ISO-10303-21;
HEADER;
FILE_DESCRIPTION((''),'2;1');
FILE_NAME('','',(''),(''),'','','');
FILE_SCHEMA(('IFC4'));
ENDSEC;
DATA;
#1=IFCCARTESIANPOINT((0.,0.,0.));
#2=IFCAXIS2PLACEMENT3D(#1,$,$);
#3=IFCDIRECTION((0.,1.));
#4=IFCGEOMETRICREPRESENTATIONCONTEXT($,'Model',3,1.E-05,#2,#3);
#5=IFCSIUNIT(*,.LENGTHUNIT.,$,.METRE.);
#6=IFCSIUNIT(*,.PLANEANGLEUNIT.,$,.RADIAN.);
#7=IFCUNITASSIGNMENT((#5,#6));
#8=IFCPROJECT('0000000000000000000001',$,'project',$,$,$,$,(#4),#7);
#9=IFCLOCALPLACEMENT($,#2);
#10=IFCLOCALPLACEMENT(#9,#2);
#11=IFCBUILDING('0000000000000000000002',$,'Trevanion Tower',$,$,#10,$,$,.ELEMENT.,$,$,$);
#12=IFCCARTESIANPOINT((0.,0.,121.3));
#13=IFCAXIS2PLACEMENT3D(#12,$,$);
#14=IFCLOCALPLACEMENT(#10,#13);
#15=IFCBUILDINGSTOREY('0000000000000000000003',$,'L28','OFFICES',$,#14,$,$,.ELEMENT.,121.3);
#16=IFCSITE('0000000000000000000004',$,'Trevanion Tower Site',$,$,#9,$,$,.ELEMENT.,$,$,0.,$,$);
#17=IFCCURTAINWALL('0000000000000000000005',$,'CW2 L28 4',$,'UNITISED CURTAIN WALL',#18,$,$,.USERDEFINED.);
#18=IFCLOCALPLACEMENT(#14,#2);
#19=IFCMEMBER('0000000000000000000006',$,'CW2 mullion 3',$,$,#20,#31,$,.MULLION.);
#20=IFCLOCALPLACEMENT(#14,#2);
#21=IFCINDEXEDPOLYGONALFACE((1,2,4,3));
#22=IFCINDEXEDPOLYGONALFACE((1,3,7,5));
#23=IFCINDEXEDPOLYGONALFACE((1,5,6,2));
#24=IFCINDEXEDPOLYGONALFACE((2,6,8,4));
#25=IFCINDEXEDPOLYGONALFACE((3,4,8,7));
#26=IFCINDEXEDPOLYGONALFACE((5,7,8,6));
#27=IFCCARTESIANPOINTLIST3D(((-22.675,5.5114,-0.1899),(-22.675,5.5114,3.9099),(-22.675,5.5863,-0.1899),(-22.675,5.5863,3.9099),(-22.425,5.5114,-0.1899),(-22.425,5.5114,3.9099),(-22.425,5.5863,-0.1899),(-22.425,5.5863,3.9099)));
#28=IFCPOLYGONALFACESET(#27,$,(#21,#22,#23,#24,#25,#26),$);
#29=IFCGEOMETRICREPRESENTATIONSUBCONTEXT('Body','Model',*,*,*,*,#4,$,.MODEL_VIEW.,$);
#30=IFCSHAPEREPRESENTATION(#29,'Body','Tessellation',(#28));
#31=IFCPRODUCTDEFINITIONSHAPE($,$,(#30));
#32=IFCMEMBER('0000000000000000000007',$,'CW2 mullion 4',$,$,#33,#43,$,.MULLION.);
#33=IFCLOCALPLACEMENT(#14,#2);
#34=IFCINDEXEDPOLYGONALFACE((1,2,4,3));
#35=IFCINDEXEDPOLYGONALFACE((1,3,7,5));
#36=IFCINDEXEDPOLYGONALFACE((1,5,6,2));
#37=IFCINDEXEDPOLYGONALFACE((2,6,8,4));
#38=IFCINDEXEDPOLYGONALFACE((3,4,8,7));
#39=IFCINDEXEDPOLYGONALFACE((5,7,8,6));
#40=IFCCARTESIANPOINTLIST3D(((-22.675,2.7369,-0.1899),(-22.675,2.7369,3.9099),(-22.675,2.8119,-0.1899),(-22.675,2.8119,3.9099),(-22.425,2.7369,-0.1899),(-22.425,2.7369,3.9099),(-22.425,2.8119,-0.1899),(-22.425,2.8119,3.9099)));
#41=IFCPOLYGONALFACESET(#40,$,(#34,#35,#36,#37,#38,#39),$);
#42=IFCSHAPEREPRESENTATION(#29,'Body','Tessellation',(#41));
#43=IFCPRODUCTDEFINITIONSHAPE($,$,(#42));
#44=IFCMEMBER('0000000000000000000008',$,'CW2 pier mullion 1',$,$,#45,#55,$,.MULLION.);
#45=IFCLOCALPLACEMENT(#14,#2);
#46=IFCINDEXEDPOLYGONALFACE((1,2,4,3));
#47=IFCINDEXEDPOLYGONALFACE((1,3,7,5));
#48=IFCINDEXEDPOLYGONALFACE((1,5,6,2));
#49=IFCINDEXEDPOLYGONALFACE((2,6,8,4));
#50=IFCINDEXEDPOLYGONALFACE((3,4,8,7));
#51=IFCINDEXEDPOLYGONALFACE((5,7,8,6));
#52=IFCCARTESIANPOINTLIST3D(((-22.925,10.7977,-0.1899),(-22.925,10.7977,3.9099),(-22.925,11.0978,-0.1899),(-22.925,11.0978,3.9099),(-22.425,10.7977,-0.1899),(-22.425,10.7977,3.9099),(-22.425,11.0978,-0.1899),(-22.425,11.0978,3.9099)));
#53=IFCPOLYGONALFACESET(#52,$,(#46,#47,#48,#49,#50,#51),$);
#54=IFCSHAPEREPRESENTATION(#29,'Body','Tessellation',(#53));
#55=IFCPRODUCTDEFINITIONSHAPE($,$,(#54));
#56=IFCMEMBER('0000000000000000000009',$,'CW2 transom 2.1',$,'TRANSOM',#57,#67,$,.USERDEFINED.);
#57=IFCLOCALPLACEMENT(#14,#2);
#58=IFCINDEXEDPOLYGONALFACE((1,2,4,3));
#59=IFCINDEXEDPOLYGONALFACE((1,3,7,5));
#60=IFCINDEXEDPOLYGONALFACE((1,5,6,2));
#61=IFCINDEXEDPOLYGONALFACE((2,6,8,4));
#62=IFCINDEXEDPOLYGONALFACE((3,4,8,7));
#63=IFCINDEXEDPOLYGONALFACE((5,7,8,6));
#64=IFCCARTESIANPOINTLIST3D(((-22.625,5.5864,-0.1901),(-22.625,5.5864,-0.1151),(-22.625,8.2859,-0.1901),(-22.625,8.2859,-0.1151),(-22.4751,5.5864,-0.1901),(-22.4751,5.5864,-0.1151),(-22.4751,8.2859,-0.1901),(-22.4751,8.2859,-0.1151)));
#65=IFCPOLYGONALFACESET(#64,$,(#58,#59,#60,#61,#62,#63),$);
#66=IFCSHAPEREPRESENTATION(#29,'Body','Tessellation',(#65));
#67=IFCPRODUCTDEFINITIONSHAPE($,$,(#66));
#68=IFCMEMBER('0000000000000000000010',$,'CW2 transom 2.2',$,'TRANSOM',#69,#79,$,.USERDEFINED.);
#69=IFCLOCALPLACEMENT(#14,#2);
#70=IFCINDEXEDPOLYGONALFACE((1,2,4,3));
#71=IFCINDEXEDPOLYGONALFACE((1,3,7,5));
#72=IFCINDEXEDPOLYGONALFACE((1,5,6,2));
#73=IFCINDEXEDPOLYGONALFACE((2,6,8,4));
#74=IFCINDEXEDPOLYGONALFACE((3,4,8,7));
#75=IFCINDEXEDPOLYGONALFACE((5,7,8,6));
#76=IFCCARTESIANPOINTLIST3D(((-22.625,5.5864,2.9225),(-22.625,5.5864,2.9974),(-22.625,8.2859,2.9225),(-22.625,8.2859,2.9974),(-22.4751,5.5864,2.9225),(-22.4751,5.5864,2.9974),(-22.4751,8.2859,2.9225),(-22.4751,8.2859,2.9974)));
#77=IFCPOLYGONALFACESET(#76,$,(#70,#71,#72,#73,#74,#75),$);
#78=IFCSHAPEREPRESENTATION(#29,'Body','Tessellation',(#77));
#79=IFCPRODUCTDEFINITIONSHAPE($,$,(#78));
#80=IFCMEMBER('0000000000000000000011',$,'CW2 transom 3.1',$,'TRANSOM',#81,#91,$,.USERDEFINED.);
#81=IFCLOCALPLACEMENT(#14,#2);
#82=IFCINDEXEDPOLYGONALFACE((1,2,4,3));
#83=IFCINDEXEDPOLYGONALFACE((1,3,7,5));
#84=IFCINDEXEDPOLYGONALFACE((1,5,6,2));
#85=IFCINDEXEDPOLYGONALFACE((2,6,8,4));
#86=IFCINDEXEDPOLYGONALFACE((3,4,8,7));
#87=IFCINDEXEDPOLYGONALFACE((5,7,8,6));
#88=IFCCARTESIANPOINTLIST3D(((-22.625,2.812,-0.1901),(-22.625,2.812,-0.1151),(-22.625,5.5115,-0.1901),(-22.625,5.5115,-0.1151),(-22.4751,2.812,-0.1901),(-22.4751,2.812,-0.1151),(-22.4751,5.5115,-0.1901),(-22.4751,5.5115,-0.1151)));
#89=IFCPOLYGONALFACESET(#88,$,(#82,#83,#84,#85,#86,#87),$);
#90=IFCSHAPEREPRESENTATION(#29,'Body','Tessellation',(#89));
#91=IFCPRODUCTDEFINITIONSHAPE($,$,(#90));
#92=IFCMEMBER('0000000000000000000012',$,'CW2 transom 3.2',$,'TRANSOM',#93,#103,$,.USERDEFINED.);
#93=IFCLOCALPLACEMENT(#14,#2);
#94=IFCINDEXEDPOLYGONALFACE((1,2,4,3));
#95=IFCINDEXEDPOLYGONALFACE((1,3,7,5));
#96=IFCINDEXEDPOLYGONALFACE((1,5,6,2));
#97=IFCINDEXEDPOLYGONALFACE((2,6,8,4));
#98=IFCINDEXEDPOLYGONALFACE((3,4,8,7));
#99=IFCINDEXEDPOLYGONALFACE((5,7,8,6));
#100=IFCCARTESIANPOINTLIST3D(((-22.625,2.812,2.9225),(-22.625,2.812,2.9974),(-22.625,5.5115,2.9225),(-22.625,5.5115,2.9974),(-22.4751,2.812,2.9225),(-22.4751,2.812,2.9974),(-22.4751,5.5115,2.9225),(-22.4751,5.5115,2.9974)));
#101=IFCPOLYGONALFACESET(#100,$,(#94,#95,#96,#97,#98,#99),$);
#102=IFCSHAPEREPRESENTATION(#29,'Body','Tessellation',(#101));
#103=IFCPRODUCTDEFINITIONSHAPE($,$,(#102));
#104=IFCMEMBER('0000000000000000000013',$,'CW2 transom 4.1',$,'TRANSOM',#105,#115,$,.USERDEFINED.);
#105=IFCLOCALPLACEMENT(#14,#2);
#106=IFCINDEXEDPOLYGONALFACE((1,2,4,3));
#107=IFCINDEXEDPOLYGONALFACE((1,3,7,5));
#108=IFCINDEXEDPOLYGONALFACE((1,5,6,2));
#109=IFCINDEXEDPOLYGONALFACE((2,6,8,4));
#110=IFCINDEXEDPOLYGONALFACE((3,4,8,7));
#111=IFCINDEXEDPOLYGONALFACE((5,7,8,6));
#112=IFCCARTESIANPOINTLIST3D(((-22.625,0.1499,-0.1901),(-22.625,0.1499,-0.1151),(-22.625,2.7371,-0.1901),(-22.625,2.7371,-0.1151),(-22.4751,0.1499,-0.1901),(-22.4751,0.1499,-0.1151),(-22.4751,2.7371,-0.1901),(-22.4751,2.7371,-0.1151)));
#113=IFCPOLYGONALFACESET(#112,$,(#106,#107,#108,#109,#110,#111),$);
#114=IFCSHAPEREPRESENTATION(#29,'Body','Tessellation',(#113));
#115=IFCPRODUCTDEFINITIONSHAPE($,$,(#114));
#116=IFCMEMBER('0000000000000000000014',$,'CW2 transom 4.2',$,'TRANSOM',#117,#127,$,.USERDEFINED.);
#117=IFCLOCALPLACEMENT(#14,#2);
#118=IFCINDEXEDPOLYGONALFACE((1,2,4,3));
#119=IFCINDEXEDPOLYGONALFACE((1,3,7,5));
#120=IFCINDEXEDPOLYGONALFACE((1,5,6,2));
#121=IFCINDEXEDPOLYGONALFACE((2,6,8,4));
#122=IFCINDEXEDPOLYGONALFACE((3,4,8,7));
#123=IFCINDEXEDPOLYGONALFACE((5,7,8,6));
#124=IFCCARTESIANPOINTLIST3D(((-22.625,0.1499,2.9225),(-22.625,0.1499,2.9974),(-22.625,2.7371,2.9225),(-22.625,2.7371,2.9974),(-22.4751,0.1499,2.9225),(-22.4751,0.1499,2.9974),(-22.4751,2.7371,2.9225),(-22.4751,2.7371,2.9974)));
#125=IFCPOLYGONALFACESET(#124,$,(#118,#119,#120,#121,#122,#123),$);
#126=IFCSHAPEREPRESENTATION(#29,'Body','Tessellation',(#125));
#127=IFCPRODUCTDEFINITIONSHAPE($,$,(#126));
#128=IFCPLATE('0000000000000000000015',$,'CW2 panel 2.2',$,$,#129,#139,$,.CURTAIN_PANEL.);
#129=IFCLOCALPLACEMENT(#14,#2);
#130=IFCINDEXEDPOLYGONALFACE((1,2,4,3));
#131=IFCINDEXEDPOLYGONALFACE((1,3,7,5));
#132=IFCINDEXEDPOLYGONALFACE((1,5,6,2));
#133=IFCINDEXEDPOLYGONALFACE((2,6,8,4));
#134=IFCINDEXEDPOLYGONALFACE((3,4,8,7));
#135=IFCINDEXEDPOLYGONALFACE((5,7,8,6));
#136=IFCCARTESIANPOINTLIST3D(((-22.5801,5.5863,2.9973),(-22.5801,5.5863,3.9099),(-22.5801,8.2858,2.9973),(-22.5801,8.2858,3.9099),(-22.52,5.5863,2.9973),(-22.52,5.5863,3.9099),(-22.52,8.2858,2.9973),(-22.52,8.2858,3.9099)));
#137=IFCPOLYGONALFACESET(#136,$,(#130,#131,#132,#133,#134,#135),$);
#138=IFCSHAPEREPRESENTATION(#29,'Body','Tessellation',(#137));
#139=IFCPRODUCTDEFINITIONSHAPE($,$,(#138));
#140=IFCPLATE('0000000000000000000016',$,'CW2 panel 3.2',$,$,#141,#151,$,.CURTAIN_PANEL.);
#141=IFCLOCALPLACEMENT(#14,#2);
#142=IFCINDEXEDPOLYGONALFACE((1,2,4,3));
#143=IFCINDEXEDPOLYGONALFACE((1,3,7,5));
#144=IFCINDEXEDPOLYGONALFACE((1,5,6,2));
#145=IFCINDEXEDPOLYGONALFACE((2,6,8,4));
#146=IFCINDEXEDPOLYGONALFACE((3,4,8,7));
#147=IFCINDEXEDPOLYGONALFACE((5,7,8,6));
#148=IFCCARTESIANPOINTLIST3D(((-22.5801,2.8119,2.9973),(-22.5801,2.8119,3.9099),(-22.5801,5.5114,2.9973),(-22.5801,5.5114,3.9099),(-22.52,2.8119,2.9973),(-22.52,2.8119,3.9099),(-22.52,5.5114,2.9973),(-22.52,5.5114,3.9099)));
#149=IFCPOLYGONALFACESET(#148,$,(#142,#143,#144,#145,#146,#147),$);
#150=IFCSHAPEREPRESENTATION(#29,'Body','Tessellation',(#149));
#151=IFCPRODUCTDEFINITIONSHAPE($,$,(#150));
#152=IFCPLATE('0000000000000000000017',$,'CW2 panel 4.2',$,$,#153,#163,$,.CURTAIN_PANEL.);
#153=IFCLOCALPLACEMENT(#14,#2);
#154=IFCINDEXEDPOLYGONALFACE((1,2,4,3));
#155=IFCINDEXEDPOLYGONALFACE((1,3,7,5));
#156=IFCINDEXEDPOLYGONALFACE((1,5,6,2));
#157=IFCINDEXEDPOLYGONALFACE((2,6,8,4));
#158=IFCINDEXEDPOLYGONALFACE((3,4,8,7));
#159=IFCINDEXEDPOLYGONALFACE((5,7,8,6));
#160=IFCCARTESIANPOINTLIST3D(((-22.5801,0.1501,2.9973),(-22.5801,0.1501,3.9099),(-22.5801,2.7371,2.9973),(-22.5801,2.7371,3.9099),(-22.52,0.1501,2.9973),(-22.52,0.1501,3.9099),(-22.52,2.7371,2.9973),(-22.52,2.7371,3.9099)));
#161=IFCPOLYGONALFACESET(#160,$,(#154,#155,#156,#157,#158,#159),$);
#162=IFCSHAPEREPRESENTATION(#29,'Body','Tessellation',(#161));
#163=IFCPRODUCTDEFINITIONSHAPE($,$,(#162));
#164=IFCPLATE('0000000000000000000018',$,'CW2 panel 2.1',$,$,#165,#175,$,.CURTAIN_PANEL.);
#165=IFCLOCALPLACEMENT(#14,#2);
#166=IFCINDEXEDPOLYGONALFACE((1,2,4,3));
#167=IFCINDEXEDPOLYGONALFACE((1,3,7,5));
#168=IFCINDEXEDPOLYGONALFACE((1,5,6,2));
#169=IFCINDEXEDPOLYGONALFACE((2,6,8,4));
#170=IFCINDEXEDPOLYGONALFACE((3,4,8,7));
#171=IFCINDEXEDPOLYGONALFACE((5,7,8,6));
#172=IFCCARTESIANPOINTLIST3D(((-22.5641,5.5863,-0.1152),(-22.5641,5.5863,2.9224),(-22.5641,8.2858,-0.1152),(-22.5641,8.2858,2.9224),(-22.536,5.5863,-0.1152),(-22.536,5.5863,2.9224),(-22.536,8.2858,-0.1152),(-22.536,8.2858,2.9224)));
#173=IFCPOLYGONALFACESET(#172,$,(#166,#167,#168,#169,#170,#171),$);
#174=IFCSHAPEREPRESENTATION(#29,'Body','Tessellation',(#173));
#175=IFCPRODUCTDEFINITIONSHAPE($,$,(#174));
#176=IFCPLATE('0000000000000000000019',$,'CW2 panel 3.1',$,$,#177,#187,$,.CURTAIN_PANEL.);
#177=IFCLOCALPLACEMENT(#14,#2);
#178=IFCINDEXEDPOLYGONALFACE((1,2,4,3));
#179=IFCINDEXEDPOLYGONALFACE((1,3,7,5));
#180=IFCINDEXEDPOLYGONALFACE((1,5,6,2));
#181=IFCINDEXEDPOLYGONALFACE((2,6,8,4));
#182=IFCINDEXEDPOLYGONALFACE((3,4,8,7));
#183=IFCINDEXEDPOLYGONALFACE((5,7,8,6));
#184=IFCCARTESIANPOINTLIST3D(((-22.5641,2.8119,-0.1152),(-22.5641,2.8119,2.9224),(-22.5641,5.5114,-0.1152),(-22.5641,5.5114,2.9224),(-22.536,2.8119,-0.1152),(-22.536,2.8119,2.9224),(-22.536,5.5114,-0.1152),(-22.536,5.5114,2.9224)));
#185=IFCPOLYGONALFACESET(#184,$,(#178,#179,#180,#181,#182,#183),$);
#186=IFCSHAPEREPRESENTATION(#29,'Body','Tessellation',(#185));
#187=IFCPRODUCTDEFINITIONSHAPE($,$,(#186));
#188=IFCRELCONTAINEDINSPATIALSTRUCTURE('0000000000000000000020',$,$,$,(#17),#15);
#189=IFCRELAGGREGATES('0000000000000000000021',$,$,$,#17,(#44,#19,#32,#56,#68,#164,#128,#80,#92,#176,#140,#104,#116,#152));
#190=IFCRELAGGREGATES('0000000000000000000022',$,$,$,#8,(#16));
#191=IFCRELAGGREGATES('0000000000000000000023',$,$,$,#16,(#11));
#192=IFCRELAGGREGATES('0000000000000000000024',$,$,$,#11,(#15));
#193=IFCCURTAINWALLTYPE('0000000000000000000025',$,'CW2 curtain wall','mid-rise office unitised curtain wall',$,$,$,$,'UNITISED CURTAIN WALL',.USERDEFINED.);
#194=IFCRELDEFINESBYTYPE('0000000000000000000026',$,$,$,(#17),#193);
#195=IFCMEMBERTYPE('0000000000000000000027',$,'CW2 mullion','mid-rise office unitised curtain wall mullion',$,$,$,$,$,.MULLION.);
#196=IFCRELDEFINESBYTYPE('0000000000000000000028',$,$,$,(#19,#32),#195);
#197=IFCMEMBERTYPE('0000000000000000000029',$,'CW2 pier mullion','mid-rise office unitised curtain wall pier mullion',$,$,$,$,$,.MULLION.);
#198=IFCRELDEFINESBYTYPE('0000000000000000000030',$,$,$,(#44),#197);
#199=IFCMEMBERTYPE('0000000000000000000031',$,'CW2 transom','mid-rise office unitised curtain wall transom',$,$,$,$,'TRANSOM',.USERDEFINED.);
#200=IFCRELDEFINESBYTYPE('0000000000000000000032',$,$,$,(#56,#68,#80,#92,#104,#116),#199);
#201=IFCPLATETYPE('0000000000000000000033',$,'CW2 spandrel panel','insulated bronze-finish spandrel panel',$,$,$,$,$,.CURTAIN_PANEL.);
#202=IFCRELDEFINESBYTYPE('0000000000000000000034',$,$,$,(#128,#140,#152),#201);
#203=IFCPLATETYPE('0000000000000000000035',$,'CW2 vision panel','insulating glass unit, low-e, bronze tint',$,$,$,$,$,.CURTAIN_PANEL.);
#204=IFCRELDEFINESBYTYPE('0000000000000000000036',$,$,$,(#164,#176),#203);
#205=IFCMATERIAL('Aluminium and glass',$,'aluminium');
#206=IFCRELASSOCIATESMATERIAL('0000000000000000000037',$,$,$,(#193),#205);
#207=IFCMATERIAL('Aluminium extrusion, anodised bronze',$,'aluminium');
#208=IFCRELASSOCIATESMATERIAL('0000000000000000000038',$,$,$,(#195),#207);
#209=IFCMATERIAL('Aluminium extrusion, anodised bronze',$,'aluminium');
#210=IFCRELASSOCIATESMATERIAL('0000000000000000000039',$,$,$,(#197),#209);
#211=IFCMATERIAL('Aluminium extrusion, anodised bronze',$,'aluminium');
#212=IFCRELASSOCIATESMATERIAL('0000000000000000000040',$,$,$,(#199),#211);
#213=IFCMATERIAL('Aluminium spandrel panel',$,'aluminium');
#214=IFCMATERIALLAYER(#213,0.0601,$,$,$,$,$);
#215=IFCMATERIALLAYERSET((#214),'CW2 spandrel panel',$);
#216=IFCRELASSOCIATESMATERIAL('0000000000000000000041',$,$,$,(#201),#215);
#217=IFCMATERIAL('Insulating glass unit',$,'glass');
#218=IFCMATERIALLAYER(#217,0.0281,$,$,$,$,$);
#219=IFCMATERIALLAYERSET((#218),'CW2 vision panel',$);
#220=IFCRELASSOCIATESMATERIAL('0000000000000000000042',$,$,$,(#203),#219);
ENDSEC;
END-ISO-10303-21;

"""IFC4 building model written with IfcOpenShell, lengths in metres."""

from ifc_helpers import new_model, si_unit, direction, frame, origin, origin_2d, place, context, subcontext, project, spatial, rectangle, extrude, material, layer, layer_set, material_profile, profile_set, type_object, element, aggregate, save


model = new_model("IFC4")

# Units and contexts
model_context = context("Model", 3, precision=1e-05, world=origin(), true_north=direction((0.0, 1.0)))
body_context = subcontext(model_context, "Body", "Model", "MODEL_VIEW")
ifc_project = project(units=[si_unit("LENGTHUNIT", "METRE"), si_unit("PLANEANGLEUNIT", "RADIAN")], contexts=[model_context])

# Site, building, storey
site_placement = place(None, origin())
site = spatial("IfcSite", under=ifc_project, at=site_placement, Name="Trevanion Tower Site", CompositionType="ELEMENT", RefElevation=0.0)
building_placement = place(site_placement, origin())
building = spatial("IfcBuilding", under=site, at=building_placement, Name="Trevanion Tower", CompositionType="ELEMENT")
storey_placement = place(building_placement, frame((0.0, 0.0, 121.3)))
storey = spatial("IfcBuildingStorey", under=building, at=storey_placement, Name="L28", Description="OFFICES", CompositionType="ELEMENT", Elevation=121.3)

# Curtain wall, members, plates
ifc_material_1 = material(Name="Aluminium and glass", Category="aluminium")
curtain_wall_type = type_object("IfcCurtainWallType", Name="CW2 curtain wall", Description="mid-rise office unitised curtain wall", ElementType="UNITISED CURTAIN WALL", PredefinedType="USERDEFINED", material=ifc_material_1)
curtain_wall_placement = place(storey_placement, origin())
curtain_wall = element("IfcCurtainWall", 1, at=curtain_wall_placement, inside=storey, type_object=curtain_wall_type, Name="CW2 L28 4", ObjectType="UNITISED CURTAIN WALL", PredefinedType="USERDEFINED")
ifc_material_2 = material(Name="Aluminium extrusion, anodised bronze", Category="aluminium")
ifc_material_profile_1 = material_profile(ifc_material_2, rectangle(XDim=0.075, YDim=0.25, at=origin_2d()), Name="CW2 mullion")
ifc_profile_set_1 = profile_set([ifc_material_profile_1], Name="Aluminium extrusion, anodised bronze")
member_type_1 = type_object("IfcMemberType", Name="CW2 mullion", Description="mid-rise office unitised curtain wall mullion", PredefinedType="MULLION", material=ifc_profile_set_1)
member_1_placement = place(storey_placement, frame((-22.55, 5.5488, -0.1899), z_axis=(0.0, 0.0, 1.0), x_axis=(0.0, -1.0, 0.0)))
member_1 = element("IfcMember", 2, at=member_1_placement, type_object=member_type_1, Name="CW2 mullion 3", PredefinedType="MULLION", context=body_context, shape_type="SweptSolid", body=[
    extrude(rectangle(XDim=0.075, YDim=0.25, at=origin_2d()), origin(), (0.0, 0.0, 1.0), 4.0999),
])
member_2_placement = place(storey_placement, frame((-22.55, 2.7744, -0.1899), z_axis=(0.0, 0.0, 1.0), x_axis=(0.0, -1.0, 0.0)))
member_2 = element("IfcMember", 3, at=member_2_placement, type_object=member_type_1, Name="CW2 mullion 4", PredefinedType="MULLION", context=body_context, shape_type="SweptSolid", body=[
    extrude(rectangle(XDim=0.075, YDim=0.25, at=origin_2d()), origin(), (0.0, 0.0, 1.0), 4.0999),
])
ifc_material_3 = material(Name="Aluminium extrusion, anodised bronze", Category="aluminium")
ifc_material_profile_2 = material_profile(ifc_material_3, rectangle(XDim=0.3, YDim=0.5, at=origin_2d()), Name="CW2 pier mullion")
ifc_profile_set_2 = profile_set([ifc_material_profile_2], Name="Aluminium extrusion, anodised bronze")
member_type_2 = type_object("IfcMemberType", Name="CW2 pier mullion", Description="mid-rise office unitised curtain wall pier mullion", PredefinedType="MULLION", material=ifc_profile_set_2)
member_3_placement = place(storey_placement, frame((-22.675, 10.9478, -0.1899), z_axis=(0.0, 0.0, 1.0), x_axis=(0.0, -1.0, 0.0)))
member_3 = element("IfcMember", 4, at=member_3_placement, type_object=member_type_2, Name="CW2 pier mullion 1", PredefinedType="MULLION", context=body_context, shape_type="SweptSolid", body=[
    extrude(rectangle(XDim=0.3, YDim=0.5, at=origin_2d()), origin(), (0.0, 0.0, 1.0), 4.0999),
])
ifc_material_4 = material(Name="Aluminium extrusion, anodised bronze", Category="aluminium")
ifc_material_profile_3 = material_profile(ifc_material_4, rectangle(XDim=0.1499, YDim=0.075, at=origin_2d()), Name="CW2 transom")
ifc_profile_set_3 = profile_set([ifc_material_profile_3], Name="Aluminium extrusion, anodised bronze")
member_type_3 = type_object("IfcMemberType", Name="CW2 transom", Description="mid-rise office unitised curtain wall transom", ElementType="TRANSOM", PredefinedType="USERDEFINED", material=ifc_profile_set_3)
member_4_placement = place(storey_placement, frame((-22.55, 8.2859, -0.1526), z_axis=(0.0, -1.0, 0.0), x_axis=(1.0, 0.0, 0.0)))
member_4 = element("IfcMember", 5, at=member_4_placement, type_object=member_type_3, Name="CW2 transom 2.1", ObjectType="TRANSOM", PredefinedType="USERDEFINED", context=body_context, shape_type="SweptSolid", body=[
    extrude(rectangle(XDim=0.1499, YDim=0.075, at=origin_2d()), origin(), (0.0, 0.0, 1.0), 2.6995),
])
member_5_placement = place(storey_placement, frame((-22.55, 8.2859, 2.96), z_axis=(0.0, -1.0, 0.0), x_axis=(1.0, 0.0, 0.0)))
member_5 = element("IfcMember", 6, at=member_5_placement, type_object=member_type_3, Name="CW2 transom 2.2", ObjectType="TRANSOM", PredefinedType="USERDEFINED", context=body_context, shape_type="SweptSolid", body=[
    extrude(rectangle(XDim=0.1499, YDim=0.075, at=origin_2d()), origin(), (0.0, 0.0, 1.0), 2.6995),
])
member_6_placement = place(storey_placement, frame((-22.55, 5.5115, -0.1526), z_axis=(0.0, -1.0, 0.0), x_axis=(1.0, 0.0, 0.0)))
member_6 = element("IfcMember", 7, at=member_6_placement, type_object=member_type_3, Name="CW2 transom 3.1", ObjectType="TRANSOM", PredefinedType="USERDEFINED", context=body_context, shape_type="SweptSolid", body=[
    extrude(rectangle(XDim=0.1499, YDim=0.075, at=origin_2d()), origin(), (0.0, 0.0, 1.0), 2.6995),
])
member_7_placement = place(storey_placement, frame((-22.55, 5.5115, 2.96), z_axis=(0.0, -1.0, 0.0), x_axis=(1.0, 0.0, 0.0)))
member_7 = element("IfcMember", 8, at=member_7_placement, type_object=member_type_3, Name="CW2 transom 3.2", ObjectType="TRANSOM", PredefinedType="USERDEFINED", context=body_context, shape_type="SweptSolid", body=[
    extrude(rectangle(XDim=0.1499, YDim=0.075, at=origin_2d()), origin(), (0.0, 0.0, 1.0), 2.6995),
])
member_8_placement = place(storey_placement, frame((-22.55, 2.7371, -0.1526), z_axis=(0.0, -1.0, 0.0), x_axis=(1.0, 0.0, 0.0)))
member_8 = element("IfcMember", 9, at=member_8_placement, type_object=member_type_3, Name="CW2 transom 4.1", ObjectType="TRANSOM", PredefinedType="USERDEFINED", context=body_context, shape_type="SweptSolid", body=[
    extrude(rectangle(XDim=0.1499, YDim=0.075, at=origin_2d()), origin(), (0.0, 0.0, 1.0), 2.5872),
])
member_9_placement = place(storey_placement, frame((-22.55, 2.7371, 2.96), z_axis=(0.0, -1.0, 0.0), x_axis=(1.0, 0.0, 0.0)))
member_9 = element("IfcMember", 10, at=member_9_placement, type_object=member_type_3, Name="CW2 transom 4.2", ObjectType="TRANSOM", PredefinedType="USERDEFINED", context=body_context, shape_type="SweptSolid", body=[
    extrude(rectangle(XDim=0.1499, YDim=0.075, at=origin_2d()), origin(), (0.0, 0.0, 1.0), 2.5872),
])
ifc_material_5 = material(Name="Aluminium spandrel panel", Category="aluminium")
ifc_layer_1 = layer(ifc_material_5, 0.0601)
ifc_layer_set_1 = layer_set([ifc_layer_1], Name="CW2 spandrel panel")
plate_type_1 = type_object("IfcPlateType", Name="CW2 spandrel panel", Description="insulated bronze-finish spandrel panel", PredefinedType="CURTAIN_PANEL", material=ifc_layer_set_1)
plate_1_placement = place(storey_placement, frame((-22.55, 6.936, 2.9973), z_axis=(0.0, 0.0, 1.0), x_axis=(0.0, -1.0, 0.0)))
plate_1 = element("IfcPlate", 11, at=plate_1_placement, type_object=plate_type_1, Name="CW2 panel 2.2", PredefinedType="CURTAIN_PANEL", context=body_context, shape_type="SweptSolid", body=[
    extrude(rectangle(XDim=2.6995, YDim=0.0601, at=origin_2d()), origin(), (0.0, 0.0, 1.0), 0.9126),
])
plate_2_placement = place(storey_placement, frame((-22.55, 4.1616, 2.9973), z_axis=(0.0, 0.0, 1.0), x_axis=(0.0, -1.0, 0.0)))
plate_2 = element("IfcPlate", 12, at=plate_2_placement, type_object=plate_type_1, Name="CW2 panel 3.2", PredefinedType="CURTAIN_PANEL", context=body_context, shape_type="SweptSolid", body=[
    extrude(rectangle(XDim=2.6995, YDim=0.0601, at=origin_2d()), origin(), (0.0, 0.0, 1.0), 0.9126),
])
plate_3_placement = place(storey_placement, frame((-22.55, 1.4436, 2.9973), z_axis=(0.0, 0.0, 1.0), x_axis=(0.0, -1.0, 0.0)))
plate_3 = element("IfcPlate", 13, at=plate_3_placement, type_object=plate_type_1, Name="CW2 panel 4.2", PredefinedType="CURTAIN_PANEL", context=body_context, shape_type="SweptSolid", body=[
    extrude(rectangle(XDim=2.5869, YDim=0.0601, at=origin_2d()), origin(), (0.0, 0.0, 1.0), 0.9126),
])
ifc_material_6 = material(Name="Insulating glass unit", Category="glass")
ifc_layer_2 = layer(ifc_material_6, 0.0281)
ifc_layer_set_2 = layer_set([ifc_layer_2], Name="CW2 vision panel")
plate_type_2 = type_object("IfcPlateType", Name="CW2 vision panel", Description="insulating glass unit, low-e, bronze tint", PredefinedType="CURTAIN_PANEL", material=ifc_layer_set_2)
plate_4_placement = place(storey_placement, frame((-22.55, 6.936, -0.1152), z_axis=(0.0, 0.0, 1.0), x_axis=(0.0, -1.0, 0.0)))
plate_4 = element("IfcPlate", 14, at=plate_4_placement, type_object=plate_type_2, Name="CW2 panel 2.1", PredefinedType="CURTAIN_PANEL", context=body_context, shape_type="SweptSolid", body=[
    extrude(rectangle(XDim=2.6995, YDim=0.0281, at=origin_2d()), origin(), (0.0, 0.0, 1.0), 3.0376),
])
plate_5_placement = place(storey_placement, frame((-22.55, 4.1616, -0.1152), z_axis=(0.0, 0.0, 1.0), x_axis=(0.0, -1.0, 0.0)))
plate_5 = element("IfcPlate", 15, at=plate_5_placement, type_object=plate_type_2, Name="CW2 panel 3.1", PredefinedType="CURTAIN_PANEL", context=body_context, shape_type="SweptSolid", body=[
    extrude(rectangle(XDim=2.6995, YDim=0.0281, at=origin_2d()), origin(), (0.0, 0.0, 1.0), 3.0376),
])
aggregate(curtain_wall, [member_3, member_1, member_2, member_4, member_5, plate_4, plate_1, member_6, member_7, plate_5, plate_2, member_8, member_9, plate_3])

save(model, "model.ifc")
